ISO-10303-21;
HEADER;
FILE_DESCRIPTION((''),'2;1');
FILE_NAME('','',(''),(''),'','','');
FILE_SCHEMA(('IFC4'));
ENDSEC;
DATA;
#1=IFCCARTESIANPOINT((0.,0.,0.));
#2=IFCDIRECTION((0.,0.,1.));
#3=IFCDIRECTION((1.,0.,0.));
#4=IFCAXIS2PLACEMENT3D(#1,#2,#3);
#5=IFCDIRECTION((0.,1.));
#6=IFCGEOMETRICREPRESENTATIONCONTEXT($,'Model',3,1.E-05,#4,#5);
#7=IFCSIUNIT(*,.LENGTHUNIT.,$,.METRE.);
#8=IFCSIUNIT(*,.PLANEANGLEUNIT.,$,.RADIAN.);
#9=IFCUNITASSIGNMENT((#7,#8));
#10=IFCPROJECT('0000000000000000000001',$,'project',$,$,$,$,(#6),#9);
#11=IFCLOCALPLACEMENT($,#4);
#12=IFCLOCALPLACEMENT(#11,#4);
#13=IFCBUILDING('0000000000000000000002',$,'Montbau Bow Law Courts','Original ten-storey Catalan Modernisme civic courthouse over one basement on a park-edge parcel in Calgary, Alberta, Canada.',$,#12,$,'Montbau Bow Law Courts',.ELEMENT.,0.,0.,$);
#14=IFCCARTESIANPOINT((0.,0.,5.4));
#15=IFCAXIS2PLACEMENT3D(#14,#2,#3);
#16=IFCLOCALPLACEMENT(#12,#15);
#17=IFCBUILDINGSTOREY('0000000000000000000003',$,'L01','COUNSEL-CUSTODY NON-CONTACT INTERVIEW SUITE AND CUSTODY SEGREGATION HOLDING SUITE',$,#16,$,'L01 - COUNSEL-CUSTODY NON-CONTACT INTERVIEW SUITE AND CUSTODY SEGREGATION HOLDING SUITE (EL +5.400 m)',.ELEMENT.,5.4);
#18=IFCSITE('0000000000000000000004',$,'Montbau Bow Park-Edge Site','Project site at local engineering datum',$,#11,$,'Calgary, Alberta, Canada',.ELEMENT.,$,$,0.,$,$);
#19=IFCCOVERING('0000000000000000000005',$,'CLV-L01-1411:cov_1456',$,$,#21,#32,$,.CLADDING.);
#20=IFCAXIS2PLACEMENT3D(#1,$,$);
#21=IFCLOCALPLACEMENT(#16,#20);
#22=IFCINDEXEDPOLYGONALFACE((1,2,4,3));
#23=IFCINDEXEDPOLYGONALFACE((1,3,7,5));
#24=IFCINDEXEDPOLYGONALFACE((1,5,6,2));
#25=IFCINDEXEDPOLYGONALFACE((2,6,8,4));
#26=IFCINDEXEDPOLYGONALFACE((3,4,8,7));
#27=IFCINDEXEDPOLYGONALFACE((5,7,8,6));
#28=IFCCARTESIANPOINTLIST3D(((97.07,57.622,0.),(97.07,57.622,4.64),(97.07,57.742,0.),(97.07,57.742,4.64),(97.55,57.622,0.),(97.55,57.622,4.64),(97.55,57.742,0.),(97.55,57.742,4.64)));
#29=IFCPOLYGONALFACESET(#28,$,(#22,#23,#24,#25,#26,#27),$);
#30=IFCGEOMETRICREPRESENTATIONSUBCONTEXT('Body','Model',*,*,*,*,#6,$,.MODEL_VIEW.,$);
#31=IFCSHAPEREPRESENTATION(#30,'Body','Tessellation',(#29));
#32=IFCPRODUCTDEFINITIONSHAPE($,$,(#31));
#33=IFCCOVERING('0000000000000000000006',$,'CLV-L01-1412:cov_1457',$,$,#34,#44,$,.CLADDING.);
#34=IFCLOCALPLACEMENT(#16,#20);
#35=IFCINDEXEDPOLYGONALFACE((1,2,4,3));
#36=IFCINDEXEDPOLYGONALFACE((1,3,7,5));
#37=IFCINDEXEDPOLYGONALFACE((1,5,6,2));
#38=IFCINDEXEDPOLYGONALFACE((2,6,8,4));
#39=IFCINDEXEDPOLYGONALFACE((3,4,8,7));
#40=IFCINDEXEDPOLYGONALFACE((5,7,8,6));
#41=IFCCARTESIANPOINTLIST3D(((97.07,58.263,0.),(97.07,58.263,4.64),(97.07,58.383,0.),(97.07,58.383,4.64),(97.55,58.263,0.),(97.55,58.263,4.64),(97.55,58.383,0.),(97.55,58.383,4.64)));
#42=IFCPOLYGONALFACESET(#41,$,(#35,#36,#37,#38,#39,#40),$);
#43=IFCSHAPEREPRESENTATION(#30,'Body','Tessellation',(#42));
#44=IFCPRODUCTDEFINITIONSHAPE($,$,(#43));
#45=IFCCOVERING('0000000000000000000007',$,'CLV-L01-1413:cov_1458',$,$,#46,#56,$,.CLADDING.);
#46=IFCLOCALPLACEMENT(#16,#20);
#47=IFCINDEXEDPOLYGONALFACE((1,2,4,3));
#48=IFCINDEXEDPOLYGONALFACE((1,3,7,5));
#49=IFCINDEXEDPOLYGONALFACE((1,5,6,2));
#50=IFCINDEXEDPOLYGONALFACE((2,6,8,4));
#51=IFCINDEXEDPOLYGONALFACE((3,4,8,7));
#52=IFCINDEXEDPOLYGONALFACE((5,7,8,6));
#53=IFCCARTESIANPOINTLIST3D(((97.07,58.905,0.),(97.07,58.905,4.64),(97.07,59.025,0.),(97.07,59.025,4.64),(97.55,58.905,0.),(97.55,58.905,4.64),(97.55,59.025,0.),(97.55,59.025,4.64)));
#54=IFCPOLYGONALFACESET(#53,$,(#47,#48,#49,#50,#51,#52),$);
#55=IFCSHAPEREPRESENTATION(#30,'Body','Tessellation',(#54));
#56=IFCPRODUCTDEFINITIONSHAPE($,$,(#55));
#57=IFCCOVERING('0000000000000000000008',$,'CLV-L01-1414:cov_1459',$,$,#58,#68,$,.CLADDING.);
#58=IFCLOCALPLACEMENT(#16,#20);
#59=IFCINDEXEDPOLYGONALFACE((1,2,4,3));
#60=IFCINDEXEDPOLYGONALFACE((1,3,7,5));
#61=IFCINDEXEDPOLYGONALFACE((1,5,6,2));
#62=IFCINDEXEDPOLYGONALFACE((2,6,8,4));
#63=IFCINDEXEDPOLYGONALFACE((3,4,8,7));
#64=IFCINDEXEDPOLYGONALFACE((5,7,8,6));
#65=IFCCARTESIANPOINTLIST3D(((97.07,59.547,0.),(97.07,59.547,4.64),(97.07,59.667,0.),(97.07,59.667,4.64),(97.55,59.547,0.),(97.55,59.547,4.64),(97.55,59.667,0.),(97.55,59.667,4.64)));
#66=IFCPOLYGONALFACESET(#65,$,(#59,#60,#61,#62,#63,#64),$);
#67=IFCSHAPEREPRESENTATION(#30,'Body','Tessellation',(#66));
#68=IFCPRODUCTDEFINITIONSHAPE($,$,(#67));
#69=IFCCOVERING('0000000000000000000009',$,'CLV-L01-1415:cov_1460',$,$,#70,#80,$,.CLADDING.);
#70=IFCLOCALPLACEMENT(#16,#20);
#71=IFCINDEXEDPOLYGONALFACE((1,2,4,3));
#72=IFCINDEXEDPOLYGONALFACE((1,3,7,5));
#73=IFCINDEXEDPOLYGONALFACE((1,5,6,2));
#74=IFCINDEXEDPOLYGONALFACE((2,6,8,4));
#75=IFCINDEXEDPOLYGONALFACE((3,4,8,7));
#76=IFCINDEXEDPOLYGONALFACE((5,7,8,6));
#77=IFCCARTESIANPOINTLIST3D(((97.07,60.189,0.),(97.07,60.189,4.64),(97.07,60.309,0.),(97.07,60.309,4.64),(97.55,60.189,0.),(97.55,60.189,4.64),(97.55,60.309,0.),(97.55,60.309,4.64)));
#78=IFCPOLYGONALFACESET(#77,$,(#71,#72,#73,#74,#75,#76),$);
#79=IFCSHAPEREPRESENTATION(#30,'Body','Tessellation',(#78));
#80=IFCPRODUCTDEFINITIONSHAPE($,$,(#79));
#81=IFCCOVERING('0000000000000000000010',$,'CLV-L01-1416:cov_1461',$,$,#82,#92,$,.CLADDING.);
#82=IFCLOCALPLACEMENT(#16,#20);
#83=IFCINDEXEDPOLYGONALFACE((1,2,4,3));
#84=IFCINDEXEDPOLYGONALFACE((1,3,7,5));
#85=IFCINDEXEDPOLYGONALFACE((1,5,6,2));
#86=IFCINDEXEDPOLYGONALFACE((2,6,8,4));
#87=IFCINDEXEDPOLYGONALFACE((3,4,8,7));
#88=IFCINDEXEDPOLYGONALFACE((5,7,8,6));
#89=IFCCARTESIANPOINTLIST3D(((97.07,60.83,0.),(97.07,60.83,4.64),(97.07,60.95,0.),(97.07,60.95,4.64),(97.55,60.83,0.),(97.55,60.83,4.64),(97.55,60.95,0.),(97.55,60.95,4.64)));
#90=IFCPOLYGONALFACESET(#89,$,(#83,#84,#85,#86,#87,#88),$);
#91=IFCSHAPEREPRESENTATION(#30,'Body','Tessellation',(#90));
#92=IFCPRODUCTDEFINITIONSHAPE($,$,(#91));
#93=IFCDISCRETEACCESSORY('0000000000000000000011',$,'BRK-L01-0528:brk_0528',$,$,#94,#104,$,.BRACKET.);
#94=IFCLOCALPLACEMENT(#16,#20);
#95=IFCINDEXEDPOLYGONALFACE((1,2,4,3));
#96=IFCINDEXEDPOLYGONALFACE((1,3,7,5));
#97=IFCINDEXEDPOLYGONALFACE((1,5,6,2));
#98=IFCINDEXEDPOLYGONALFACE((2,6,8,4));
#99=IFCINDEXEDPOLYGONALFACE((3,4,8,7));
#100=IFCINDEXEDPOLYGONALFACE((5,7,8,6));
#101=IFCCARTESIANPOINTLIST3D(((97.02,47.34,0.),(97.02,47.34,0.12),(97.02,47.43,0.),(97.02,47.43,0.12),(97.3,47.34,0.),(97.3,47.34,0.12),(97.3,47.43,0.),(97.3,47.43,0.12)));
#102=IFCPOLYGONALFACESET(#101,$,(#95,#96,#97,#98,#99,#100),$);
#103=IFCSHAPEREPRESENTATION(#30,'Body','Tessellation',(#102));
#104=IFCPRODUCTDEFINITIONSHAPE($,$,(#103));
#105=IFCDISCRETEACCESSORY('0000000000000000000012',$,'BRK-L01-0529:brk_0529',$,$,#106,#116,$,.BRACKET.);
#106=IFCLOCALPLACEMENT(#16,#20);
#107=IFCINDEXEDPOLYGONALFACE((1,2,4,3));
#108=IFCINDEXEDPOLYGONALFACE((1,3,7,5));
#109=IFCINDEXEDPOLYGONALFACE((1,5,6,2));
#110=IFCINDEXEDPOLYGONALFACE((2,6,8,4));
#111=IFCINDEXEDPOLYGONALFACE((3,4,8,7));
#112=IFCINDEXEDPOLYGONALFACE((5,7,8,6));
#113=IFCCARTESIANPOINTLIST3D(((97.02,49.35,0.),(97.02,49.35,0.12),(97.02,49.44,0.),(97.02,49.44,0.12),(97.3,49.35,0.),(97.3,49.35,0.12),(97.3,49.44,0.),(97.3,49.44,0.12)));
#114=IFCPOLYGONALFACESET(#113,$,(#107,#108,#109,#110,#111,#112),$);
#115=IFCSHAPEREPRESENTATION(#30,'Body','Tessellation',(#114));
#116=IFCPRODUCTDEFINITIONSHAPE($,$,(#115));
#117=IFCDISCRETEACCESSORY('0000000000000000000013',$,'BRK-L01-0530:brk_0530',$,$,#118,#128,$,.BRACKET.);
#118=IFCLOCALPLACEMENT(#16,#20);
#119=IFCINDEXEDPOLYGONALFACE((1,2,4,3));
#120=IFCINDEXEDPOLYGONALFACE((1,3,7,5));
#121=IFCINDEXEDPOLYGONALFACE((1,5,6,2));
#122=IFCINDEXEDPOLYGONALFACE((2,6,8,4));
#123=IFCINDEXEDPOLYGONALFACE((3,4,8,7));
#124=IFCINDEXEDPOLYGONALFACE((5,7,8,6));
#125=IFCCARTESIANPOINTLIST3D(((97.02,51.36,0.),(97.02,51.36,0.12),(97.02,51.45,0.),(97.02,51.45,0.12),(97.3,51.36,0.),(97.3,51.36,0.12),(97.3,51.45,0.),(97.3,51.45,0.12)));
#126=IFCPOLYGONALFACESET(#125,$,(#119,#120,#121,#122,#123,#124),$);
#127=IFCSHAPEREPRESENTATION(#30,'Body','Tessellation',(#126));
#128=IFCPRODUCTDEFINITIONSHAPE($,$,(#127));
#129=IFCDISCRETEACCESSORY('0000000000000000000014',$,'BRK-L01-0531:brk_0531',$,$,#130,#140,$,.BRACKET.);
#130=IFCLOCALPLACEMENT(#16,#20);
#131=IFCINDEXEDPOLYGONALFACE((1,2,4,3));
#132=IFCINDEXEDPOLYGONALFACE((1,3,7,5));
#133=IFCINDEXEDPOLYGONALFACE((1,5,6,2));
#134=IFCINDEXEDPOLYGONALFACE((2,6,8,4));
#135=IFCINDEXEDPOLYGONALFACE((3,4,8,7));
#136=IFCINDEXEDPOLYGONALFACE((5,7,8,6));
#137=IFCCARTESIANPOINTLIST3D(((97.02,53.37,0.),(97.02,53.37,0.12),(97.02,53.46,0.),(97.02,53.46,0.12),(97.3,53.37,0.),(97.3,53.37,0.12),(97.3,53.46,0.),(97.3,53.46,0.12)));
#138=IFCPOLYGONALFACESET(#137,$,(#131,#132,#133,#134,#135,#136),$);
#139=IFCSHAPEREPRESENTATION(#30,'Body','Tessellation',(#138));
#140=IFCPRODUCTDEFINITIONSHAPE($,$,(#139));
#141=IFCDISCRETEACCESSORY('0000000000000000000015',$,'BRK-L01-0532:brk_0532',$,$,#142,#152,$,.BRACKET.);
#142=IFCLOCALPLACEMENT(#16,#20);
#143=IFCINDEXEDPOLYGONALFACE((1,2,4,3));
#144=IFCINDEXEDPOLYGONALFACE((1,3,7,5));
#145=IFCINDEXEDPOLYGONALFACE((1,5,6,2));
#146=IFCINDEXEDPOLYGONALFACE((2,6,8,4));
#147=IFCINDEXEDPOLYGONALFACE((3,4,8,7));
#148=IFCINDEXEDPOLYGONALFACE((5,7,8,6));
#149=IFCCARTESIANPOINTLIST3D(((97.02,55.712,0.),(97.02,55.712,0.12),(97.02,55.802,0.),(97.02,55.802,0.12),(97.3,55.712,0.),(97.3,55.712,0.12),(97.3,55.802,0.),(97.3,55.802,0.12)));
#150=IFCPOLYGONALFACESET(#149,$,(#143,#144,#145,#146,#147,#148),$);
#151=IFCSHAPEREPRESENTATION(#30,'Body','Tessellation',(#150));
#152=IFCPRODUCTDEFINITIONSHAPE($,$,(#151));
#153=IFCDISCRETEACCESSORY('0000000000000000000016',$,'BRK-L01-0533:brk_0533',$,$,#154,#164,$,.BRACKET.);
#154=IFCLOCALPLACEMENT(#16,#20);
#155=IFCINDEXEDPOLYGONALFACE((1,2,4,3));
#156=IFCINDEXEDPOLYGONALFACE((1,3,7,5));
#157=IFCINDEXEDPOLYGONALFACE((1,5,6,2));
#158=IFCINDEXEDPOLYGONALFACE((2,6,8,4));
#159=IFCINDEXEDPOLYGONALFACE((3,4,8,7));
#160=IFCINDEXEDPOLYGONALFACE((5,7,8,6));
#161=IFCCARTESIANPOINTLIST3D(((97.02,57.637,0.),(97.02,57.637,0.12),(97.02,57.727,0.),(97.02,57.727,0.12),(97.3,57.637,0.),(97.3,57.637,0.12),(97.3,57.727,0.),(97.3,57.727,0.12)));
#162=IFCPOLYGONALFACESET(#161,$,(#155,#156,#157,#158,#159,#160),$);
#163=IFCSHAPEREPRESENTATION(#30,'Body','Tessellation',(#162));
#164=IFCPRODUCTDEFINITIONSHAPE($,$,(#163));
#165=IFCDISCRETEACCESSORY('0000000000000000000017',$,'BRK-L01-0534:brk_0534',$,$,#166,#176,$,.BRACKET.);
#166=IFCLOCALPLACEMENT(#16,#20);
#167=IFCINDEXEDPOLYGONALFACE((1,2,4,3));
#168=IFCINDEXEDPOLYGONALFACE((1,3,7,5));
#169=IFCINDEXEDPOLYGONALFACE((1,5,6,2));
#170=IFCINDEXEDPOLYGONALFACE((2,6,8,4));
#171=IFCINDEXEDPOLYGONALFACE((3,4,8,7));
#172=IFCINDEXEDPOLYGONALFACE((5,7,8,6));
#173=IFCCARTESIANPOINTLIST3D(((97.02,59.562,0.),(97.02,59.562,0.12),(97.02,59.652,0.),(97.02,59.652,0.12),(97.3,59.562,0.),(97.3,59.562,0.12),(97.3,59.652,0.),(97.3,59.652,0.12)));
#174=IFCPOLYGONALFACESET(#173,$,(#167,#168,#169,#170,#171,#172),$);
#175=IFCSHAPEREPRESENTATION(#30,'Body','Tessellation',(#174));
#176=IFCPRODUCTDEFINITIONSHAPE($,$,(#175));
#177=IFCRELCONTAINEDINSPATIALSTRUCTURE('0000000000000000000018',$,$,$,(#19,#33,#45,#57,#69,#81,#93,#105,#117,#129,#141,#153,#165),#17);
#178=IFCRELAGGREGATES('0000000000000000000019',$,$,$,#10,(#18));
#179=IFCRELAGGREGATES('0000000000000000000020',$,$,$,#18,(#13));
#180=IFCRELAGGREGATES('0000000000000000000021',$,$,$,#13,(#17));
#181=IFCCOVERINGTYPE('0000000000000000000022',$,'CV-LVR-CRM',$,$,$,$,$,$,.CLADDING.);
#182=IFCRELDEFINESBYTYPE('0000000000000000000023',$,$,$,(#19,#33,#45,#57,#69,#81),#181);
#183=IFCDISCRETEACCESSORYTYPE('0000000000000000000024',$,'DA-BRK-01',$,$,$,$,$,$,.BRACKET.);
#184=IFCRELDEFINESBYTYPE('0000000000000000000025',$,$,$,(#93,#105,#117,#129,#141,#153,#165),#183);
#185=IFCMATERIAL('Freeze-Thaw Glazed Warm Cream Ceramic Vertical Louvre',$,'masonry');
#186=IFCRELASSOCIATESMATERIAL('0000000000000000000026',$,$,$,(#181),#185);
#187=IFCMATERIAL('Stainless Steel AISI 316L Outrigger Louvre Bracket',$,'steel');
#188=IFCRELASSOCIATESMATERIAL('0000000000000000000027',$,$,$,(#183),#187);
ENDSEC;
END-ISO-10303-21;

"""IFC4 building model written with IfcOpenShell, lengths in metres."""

from ifc_helpers import new_model, si_unit, direction, frame, frame_2d, origin_with_axes, origin_2d_with_axis, place, context, subcontext, project, spatial, rectangle, extrude, material, type_object, element, save


model = new_model("IFC4")

# Units and contexts
model_context = context("Model", 3, precision=1e-05, world=origin_with_axes(), true_north=direction((0.0, 1.0)))
body_context = subcontext(model_context, "Body", "Model", "MODEL_VIEW")
ifc_project = project(units=[si_unit("LENGTHUNIT", "METRE"), si_unit("PLANEANGLEUNIT", "RADIAN")], contexts=[model_context])

# Site, building, storey
site_placement = place(None, origin_with_axes())
site = spatial("IfcSite", under=ifc_project, at=site_placement, Name="Montbau Bow Park-Edge Site", Description="Project site at local engineering datum", LongName="Calgary, Alberta, Canada", CompositionType="ELEMENT", RefElevation=0.0)
building_placement = place(site_placement, origin_with_axes())
building = spatial("IfcBuilding", under=site, at=building_placement, Name="Montbau Bow Law Courts", Description="Original ten-storey Catalan Modernisme civic courthouse over one basement on a park-edge parcel in Calgary, Alberta, Canada.", LongName="Montbau Bow Law Courts", CompositionType="ELEMENT", ElevationOfRefHeight=0.0, ElevationOfTerrain=0.0)
storey_placement = place(building_placement, frame((0.0, 0.0, 5.4), z_axis=(0.0, 0.0, 1.0), x_axis=(1.0, 0.0, 0.0)))
storey = spatial("IfcBuildingStorey", under=building, at=storey_placement, Name="L01", Description="COUNSEL-CUSTODY NON-CONTACT INTERVIEW SUITE AND CUSTODY SEGREGATION HOLDING SUITE", LongName="L01 - COUNSEL-CUSTODY NON-CONTACT INTERVIEW SUITE AND CUSTODY SEGREGATION HOLDING SUITE (EL +5.400 m)", CompositionType="ELEMENT", Elevation=5.4)

# Coverings
ifc_material_1 = material(Name="Freeze-Thaw Glazed Warm Cream Ceramic Vertical Louvre", Category="masonry")
covering_type = type_object("IfcCoveringType", Name="CV-LVR-CRM", PredefinedType="CLADDING", material=ifc_material_1)
for number, where, z_axis, x_axis, name in (
    (1, (97.07, 57.682, 5.4), (0.0, -1.0, 0.0), (1.0, 0.0, 0.0), "CLV-L01-1411:cov_1456"),
    (2, (97.07, 58.323, 5.4), (0.0, -1.0, 0.0), (1.0, 0.0, 0.0), "CLV-L01-1412:cov_1457"),
    (3, (97.07, 58.965, 5.4), (0.0, -1.0, 0.0), (1.0, 0.0, 0.0), "CLV-L01-1413:cov_1458"),
    (4, (97.07, 59.607, 5.4), (0.0, -1.0, 0.0), (1.0, 0.0, 0.0), "CLV-L01-1414:cov_1459"),
    (5, (97.07, 60.249, 5.4), (0.0, -1.0, 0.0), (1.0, 0.0, 0.0), "CLV-L01-1415:cov_1460"),
    (6, (97.07, 60.89, 5.4), (0.0, -1.0, 0.0), (1.0, 0.0, 0.0), "CLV-L01-1416:cov_1461"),
):
    element("IfcCovering", number, at=place(None, frame(where, z_axis=z_axis, x_axis=x_axis)), inside=storey, type_object=covering_type, Name=name, PredefinedType="CLADDING", context=body_context, shape_type="SweptSolid", body=[
        extrude(rectangle(XDim=0.48, YDim=4.64, at=frame_2d((0.24, 2.32), x_axis=(1.0, 0.0))), frame((0.0, 0.0, -0.06), z_axis=(0.0, 0.0, 1.0), x_axis=(1.0, 0.0, 0.0)), (0.0, 0.0, 1.0), 0.12),
    ])

# Discrete accessories
ifc_material_2 = material(Name="Stainless Steel AISI 316L Outrigger Louvre Bracket", Category="steel")
discrete_accessory_type = type_object("IfcDiscreteAccessoryType", Name="DA-BRK-01", PredefinedType="BRACKET", material=ifc_material_2)
for number, where, z_axis, x_axis, name in (
    (7, (97.16, 47.385, 5.4), (0.0, 0.0, 1.0), (1.0, 0.0, 0.0), "BRK-L01-0528:brk_0528"),
    (8, (97.16, 49.395, 5.4), (0.0, 0.0, 1.0), (1.0, 0.0, 0.0), "BRK-L01-0529:brk_0529"),
    (9, (97.16, 51.405, 5.4), (0.0, 0.0, 1.0), (1.0, 0.0, 0.0), "BRK-L01-0530:brk_0530"),
    (10, (97.16, 53.415, 5.4), (0.0, 0.0, 1.0), (1.0, 0.0, 0.0), "BRK-L01-0531:brk_0531"),
    (11, (97.16, 55.757, 5.4), (0.0, 0.0, 1.0), (1.0, 0.0, 0.0), "BRK-L01-0532:brk_0532"),
    (12, (97.16, 57.682, 5.4), (0.0, 0.0, 1.0), (1.0, 0.0, 0.0), "BRK-L01-0533:brk_0533"),
    (13, (97.16, 59.607, 5.4), (0.0, 0.0, 1.0), (1.0, 0.0, 0.0), "BRK-L01-0534:brk_0534"),
):
    element("IfcDiscreteAccessory", number, at=place(None, frame(where, z_axis=z_axis, x_axis=x_axis)), inside=storey, type_object=discrete_accessory_type, Name=name, PredefinedType="BRACKET", context=body_context, shape_type="SweptSolid", body=[
        extrude(rectangle(XDim=0.28, YDim=0.09, at=origin_2d_with_axis()), origin_with_axes(), (0.0, 0.0, 1.0), 0.12),
    ])

save(model, "model.ifc")
